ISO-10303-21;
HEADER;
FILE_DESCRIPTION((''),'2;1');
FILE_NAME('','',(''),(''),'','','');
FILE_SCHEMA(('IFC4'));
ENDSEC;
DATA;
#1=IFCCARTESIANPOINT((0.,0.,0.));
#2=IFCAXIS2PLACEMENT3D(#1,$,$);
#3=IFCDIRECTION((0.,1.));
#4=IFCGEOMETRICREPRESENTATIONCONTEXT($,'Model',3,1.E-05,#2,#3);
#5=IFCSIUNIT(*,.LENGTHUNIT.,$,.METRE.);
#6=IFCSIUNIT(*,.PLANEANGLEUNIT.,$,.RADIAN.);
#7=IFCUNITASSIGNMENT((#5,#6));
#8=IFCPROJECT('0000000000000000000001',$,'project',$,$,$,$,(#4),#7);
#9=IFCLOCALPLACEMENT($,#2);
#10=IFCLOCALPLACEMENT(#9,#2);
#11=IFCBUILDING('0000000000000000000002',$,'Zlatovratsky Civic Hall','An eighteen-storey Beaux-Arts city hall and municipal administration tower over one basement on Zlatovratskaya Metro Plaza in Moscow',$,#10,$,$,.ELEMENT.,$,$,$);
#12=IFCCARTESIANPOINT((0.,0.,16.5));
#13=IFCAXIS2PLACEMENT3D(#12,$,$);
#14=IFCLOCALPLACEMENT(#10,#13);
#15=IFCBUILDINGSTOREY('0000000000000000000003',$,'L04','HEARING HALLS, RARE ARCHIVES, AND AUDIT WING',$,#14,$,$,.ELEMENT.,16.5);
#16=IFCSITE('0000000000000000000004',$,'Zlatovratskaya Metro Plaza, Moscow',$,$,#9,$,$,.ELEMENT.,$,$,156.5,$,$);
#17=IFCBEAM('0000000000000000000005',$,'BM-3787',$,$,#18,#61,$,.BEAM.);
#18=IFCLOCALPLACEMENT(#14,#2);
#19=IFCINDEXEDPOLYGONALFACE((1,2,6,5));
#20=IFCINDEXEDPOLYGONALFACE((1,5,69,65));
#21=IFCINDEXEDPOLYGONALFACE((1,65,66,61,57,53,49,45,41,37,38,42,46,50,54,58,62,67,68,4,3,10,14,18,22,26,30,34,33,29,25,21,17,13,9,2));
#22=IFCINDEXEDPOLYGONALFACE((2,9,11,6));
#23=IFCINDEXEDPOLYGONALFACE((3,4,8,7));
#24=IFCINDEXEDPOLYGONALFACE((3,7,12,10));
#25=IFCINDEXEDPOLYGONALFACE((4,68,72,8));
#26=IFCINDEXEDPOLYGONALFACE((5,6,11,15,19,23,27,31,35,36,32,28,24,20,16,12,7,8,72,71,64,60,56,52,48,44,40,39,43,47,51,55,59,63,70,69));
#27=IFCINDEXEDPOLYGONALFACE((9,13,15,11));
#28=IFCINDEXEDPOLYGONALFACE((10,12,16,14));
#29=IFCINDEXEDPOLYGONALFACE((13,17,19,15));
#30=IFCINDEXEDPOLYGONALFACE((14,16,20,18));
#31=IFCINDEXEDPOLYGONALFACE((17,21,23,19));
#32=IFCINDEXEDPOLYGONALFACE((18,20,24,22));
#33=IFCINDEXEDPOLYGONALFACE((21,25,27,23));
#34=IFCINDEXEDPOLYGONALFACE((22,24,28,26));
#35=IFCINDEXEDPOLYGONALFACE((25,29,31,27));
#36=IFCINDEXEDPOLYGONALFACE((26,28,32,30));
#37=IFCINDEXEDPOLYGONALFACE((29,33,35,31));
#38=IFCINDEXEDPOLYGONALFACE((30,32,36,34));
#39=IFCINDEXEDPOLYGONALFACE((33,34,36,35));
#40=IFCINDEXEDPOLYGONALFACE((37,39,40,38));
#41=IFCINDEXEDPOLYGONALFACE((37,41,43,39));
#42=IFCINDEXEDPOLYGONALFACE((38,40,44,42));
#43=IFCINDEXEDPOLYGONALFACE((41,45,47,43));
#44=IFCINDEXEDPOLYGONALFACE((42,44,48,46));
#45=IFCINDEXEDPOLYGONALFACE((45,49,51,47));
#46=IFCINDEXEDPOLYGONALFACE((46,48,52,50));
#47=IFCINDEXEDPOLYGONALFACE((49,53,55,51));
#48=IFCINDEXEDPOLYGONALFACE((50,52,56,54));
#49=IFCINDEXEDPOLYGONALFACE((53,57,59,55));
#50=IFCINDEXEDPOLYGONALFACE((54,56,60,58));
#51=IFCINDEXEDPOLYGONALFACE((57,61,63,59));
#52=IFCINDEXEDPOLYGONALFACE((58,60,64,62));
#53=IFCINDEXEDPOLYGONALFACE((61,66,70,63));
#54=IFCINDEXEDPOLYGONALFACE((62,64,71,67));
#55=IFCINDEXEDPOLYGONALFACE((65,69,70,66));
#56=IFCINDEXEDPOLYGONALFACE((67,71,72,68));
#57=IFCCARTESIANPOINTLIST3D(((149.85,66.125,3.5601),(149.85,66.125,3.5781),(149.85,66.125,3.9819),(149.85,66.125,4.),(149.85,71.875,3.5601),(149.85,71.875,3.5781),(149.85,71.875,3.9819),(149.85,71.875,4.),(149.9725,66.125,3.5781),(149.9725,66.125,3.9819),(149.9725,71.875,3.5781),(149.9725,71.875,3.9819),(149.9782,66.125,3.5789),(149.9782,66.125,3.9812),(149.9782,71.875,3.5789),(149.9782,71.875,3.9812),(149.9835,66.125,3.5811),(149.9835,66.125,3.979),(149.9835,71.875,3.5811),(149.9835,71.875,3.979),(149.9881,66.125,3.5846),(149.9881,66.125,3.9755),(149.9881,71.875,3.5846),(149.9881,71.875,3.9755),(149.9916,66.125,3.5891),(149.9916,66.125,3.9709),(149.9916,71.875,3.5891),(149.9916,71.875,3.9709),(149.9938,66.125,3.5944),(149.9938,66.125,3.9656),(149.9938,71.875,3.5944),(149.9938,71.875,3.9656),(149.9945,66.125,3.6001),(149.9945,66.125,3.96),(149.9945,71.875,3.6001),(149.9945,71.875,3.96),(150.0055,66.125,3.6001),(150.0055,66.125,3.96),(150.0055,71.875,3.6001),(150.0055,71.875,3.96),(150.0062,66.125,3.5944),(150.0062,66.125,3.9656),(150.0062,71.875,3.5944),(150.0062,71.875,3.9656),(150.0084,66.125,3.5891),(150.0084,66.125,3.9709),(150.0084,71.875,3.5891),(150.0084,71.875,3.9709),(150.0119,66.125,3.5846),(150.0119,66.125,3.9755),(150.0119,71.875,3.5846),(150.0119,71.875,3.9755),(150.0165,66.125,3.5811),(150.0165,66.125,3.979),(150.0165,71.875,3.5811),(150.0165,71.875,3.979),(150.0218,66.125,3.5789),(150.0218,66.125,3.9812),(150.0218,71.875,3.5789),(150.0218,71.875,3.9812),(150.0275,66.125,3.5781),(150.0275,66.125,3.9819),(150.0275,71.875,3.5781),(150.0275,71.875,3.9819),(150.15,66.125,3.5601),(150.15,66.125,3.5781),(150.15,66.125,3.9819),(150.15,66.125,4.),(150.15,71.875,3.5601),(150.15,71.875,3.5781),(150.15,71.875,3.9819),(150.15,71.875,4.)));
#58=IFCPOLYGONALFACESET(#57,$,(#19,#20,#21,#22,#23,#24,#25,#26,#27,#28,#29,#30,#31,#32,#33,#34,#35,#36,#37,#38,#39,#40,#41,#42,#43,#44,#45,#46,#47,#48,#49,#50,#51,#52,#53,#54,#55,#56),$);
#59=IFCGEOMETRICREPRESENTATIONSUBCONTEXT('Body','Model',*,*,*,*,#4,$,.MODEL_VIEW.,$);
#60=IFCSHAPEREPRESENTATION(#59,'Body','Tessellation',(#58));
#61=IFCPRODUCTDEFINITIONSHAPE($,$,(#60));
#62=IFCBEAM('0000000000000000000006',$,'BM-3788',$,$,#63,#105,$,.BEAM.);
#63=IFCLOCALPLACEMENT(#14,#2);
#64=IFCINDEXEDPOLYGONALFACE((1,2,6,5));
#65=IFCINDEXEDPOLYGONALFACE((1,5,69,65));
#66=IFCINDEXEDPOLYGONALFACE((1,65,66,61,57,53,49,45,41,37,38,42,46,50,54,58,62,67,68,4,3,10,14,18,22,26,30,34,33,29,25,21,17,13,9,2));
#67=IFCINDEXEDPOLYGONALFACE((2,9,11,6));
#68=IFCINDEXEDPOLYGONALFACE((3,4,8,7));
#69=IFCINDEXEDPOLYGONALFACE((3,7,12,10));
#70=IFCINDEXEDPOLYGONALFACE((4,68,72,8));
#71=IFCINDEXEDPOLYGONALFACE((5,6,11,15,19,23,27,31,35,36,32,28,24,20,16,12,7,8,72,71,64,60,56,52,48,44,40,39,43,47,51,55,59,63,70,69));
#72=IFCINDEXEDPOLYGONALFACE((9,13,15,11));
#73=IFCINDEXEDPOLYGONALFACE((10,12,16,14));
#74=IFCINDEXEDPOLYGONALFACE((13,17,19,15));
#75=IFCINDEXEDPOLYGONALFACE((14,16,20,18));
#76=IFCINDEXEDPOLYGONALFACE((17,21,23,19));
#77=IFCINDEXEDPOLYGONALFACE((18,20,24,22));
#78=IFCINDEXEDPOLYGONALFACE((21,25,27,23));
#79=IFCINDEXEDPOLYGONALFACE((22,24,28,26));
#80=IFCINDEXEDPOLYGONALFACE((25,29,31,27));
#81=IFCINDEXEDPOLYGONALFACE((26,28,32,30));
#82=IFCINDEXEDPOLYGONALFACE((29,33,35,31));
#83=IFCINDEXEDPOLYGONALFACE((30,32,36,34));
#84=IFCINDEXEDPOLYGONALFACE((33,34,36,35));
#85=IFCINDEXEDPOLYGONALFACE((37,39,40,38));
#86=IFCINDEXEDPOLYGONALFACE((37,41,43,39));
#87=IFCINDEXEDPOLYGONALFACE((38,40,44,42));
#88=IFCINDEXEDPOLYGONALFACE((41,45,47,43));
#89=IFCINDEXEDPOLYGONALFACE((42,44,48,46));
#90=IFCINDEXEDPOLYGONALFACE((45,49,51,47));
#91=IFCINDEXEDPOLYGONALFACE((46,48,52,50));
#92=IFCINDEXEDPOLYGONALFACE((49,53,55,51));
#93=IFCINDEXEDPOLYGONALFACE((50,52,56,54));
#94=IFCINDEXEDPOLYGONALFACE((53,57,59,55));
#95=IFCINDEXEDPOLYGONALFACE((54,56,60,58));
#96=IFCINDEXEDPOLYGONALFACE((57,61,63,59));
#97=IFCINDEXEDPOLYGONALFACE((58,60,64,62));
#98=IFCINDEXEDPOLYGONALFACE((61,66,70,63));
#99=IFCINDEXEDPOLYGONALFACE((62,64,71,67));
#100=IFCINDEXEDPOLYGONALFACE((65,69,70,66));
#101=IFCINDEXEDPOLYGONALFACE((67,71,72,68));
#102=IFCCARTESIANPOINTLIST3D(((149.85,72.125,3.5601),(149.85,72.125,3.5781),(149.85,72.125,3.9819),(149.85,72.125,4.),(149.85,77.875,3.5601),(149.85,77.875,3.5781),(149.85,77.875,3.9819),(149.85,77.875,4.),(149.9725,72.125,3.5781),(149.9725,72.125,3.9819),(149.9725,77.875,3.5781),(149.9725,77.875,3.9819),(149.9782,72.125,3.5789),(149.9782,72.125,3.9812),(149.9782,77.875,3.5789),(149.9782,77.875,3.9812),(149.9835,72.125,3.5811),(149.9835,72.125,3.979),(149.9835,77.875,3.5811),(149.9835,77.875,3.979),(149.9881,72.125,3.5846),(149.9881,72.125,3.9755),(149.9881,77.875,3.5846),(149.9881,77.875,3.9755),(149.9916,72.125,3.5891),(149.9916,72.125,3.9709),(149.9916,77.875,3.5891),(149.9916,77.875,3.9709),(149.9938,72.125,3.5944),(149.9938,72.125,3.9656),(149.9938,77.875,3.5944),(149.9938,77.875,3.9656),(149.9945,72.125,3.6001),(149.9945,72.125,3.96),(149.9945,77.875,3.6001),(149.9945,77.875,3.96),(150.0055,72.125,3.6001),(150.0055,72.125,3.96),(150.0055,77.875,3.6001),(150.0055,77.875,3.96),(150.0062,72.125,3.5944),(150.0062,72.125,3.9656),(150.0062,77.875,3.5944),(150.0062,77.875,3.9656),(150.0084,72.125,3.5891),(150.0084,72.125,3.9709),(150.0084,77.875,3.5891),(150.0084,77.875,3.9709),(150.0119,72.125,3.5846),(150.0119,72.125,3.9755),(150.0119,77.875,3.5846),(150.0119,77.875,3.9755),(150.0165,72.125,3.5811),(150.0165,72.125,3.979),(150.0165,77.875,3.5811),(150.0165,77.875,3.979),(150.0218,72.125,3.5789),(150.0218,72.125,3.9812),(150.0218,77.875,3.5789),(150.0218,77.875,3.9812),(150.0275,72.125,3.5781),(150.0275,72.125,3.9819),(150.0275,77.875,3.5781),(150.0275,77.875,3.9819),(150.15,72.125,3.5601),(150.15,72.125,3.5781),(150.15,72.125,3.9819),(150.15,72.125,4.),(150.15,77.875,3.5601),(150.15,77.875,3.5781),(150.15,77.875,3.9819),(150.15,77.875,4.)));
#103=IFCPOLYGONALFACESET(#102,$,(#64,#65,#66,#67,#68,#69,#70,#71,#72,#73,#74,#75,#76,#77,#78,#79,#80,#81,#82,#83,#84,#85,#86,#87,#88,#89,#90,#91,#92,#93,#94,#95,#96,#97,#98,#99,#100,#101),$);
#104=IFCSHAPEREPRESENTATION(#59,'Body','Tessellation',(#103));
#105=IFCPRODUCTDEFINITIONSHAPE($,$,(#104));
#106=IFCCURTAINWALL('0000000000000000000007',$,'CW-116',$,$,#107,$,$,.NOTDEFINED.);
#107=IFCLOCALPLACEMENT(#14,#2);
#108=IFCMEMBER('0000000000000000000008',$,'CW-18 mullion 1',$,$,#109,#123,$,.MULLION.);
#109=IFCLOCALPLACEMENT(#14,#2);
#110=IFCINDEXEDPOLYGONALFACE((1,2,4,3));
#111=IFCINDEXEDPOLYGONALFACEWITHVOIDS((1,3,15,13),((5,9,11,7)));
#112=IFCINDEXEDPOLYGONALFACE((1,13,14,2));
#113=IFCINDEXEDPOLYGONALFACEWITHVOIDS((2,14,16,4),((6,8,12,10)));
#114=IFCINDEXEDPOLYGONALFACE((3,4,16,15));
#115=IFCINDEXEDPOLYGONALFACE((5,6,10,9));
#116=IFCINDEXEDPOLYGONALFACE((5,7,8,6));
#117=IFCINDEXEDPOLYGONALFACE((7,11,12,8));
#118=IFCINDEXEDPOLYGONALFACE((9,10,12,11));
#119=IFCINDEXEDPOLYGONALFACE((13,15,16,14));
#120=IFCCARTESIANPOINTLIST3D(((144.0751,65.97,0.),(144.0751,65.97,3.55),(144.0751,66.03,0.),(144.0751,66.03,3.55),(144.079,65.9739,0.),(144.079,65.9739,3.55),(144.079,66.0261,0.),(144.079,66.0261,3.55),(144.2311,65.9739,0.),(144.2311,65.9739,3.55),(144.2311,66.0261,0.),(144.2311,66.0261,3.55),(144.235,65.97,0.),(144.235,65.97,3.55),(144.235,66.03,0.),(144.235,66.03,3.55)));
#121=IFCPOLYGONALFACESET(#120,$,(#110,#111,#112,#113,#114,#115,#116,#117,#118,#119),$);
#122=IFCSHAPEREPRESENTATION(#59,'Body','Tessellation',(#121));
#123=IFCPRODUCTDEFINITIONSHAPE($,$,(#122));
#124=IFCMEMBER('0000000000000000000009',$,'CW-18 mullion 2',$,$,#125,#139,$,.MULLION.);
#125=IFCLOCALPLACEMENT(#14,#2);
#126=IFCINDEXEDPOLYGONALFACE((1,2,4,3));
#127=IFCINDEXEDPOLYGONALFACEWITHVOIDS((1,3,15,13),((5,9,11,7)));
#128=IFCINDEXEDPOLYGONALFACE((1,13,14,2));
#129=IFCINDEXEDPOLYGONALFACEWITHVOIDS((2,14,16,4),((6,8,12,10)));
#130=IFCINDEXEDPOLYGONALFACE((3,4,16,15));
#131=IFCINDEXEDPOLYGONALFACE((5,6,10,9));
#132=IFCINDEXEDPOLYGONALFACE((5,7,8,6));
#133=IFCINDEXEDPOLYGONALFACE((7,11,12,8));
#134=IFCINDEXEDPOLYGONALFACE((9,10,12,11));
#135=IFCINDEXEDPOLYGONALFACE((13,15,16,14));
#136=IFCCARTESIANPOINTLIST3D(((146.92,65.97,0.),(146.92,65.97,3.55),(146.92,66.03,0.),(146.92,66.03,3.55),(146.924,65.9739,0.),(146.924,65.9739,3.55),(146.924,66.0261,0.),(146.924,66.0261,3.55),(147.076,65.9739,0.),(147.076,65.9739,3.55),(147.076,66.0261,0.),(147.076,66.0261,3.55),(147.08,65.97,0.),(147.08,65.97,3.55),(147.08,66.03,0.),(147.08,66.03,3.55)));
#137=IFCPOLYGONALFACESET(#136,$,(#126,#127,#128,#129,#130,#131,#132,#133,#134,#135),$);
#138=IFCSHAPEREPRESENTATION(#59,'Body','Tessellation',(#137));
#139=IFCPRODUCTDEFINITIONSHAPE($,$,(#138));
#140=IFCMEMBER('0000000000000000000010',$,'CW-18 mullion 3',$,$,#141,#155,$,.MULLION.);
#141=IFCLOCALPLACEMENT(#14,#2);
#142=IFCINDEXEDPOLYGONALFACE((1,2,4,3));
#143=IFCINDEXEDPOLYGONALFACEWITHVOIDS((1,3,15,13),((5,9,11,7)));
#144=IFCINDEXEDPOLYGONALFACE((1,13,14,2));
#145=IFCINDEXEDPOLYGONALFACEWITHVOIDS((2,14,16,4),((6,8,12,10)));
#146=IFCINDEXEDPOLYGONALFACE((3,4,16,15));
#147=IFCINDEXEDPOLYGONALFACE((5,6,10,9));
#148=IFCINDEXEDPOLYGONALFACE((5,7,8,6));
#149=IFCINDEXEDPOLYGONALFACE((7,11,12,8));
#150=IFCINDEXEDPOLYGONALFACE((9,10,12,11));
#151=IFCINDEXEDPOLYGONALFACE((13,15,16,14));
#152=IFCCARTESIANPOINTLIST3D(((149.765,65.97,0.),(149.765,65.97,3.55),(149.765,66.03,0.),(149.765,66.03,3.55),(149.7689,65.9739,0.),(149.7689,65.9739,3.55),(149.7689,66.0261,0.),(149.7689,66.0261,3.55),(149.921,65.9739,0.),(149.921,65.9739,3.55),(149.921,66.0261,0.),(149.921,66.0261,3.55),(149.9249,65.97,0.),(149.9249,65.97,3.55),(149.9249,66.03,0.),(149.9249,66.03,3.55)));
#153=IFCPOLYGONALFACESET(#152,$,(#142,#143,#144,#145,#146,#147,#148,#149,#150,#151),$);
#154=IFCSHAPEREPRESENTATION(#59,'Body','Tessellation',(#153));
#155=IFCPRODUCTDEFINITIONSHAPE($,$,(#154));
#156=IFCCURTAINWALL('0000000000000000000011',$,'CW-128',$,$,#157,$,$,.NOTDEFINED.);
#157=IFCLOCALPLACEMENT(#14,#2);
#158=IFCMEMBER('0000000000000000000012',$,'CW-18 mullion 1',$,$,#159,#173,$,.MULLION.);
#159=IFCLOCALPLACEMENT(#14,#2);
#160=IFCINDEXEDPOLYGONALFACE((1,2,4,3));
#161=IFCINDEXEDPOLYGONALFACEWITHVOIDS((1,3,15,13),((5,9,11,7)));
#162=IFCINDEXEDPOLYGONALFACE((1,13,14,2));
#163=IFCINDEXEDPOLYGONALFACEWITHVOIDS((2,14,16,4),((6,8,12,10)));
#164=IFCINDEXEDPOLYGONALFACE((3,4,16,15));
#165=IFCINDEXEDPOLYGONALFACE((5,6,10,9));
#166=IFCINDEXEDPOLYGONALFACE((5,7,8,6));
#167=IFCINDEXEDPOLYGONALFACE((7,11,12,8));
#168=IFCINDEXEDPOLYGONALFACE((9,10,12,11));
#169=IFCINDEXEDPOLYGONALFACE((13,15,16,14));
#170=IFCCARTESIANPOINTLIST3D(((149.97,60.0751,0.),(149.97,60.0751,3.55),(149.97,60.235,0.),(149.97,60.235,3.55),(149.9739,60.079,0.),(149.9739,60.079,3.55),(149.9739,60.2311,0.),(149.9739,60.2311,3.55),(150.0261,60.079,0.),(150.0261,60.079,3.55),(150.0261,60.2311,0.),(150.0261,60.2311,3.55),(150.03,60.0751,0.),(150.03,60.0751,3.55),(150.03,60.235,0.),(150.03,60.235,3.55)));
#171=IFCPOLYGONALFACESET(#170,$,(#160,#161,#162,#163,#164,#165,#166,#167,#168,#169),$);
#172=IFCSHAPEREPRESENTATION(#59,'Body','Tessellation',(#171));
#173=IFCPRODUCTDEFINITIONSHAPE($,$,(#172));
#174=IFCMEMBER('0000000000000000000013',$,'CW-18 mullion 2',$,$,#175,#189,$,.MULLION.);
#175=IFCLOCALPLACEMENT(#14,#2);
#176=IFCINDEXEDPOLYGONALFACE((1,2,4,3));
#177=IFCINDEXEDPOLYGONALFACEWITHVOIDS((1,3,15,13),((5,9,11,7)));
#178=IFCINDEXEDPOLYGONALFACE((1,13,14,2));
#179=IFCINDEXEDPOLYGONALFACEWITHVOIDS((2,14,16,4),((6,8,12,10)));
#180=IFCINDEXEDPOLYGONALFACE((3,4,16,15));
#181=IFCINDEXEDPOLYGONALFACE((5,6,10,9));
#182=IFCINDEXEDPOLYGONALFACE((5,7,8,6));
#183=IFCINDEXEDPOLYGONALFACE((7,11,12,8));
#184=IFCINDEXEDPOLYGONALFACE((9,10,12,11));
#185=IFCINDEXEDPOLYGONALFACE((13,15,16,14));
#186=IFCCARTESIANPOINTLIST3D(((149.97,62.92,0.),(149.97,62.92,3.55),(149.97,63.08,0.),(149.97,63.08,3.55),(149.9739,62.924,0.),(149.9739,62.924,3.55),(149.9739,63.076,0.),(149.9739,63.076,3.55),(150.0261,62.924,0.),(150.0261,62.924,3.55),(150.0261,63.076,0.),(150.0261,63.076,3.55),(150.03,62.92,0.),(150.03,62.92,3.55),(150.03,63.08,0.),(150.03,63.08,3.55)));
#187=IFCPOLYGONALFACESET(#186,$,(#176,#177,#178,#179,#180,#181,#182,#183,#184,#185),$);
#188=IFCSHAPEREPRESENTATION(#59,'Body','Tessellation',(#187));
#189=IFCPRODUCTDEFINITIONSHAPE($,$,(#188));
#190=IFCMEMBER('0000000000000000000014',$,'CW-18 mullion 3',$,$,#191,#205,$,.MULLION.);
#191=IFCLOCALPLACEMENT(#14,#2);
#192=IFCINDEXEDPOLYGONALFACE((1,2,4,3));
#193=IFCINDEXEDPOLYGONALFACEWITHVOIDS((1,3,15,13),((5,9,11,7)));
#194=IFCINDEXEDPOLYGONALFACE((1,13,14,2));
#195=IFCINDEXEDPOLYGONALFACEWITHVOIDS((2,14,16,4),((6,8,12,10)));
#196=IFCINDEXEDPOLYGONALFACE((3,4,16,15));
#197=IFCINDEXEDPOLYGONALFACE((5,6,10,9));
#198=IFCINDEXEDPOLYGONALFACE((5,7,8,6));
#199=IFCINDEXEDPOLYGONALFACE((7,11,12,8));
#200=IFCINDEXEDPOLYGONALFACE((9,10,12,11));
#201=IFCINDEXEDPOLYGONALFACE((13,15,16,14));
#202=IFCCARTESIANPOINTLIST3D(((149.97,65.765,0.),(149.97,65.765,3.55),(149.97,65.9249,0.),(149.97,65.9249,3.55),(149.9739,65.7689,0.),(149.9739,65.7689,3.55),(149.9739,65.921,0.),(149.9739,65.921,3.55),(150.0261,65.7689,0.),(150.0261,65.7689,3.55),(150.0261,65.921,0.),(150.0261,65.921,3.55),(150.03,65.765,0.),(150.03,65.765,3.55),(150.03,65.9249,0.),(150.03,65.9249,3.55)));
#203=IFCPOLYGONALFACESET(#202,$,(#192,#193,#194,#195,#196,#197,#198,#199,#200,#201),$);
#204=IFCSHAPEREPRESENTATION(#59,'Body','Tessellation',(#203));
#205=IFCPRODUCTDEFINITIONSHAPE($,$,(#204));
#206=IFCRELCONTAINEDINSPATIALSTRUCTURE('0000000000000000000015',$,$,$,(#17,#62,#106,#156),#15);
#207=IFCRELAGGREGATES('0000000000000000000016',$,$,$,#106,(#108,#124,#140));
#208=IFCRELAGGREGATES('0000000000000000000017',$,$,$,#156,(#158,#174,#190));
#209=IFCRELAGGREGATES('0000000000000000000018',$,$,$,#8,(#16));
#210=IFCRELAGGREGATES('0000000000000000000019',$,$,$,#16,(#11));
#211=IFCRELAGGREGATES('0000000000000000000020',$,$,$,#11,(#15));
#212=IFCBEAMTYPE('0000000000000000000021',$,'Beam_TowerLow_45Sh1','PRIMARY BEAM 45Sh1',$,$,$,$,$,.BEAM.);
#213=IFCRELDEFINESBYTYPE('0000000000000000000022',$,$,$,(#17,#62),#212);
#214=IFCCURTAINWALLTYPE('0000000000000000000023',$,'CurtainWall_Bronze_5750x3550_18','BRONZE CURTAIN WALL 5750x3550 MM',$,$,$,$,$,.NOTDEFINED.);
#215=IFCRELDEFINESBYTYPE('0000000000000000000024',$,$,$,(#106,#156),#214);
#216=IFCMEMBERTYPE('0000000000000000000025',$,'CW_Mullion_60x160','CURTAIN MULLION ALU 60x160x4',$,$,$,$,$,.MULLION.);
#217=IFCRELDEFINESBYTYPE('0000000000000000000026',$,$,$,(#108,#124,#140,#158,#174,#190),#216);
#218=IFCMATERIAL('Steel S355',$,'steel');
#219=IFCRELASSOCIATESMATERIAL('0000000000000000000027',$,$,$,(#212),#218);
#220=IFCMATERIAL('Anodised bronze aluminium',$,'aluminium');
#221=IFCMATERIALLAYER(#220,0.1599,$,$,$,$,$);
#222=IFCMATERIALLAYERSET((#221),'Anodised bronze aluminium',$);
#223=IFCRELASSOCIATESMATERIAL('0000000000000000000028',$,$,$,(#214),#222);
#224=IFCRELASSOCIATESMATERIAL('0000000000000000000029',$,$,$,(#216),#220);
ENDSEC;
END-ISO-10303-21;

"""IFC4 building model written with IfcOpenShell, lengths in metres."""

from ifc_helpers import new_model, si_unit, direction, frame, origin, origin_2d, place, context, subcontext, project, spatial, hollow_rectangle, i_section, extrude, material, layer, layer_set, material_profile, profile_set, type_object, element, aggregate, save


model = new_model("IFC4")

# Units and contexts
model_context = context("Model", 3, precision=1e-05, world=origin(), true_north=direction((0.0, 1.0)))
body_context = subcontext(model_context, "Body", "Model", "MODEL_VIEW")
ifc_project = project(units=[si_unit("LENGTHUNIT", "METRE"), si_unit("PLANEANGLEUNIT", "RADIAN")], contexts=[model_context])

# Site, building, storey
site_placement = place(None, origin())
site = spatial("IfcSite", under=ifc_project, at=site_placement, Name="Zlatovratskaya Metro Plaza, Moscow", CompositionType="ELEMENT", RefElevation=156.5)
building_placement = place(site_placement, origin())
building = spatial("IfcBuilding", under=site, at=building_placement, Name="Zlatovratsky Civic Hall", Description="An eighteen-storey Beaux-Arts city hall and municipal administration tower over one basement on Zlatovratskaya Metro Plaza in Moscow", CompositionType="ELEMENT")
storey_placement = place(building_placement, frame((0.0, 0.0, 16.5)))
storey = spatial("IfcBuildingStorey", under=building, at=storey_placement, Name="L04", Description="HEARING HALLS, RARE ARCHIVES, AND AUDIT WING", CompositionType="ELEMENT", Elevation=16.5)

# Shared definitions
ifc_material_1 = material(Name="Steel S355", Category="steel")

# Beams
ifc_material_profile_1 = material_profile(ifc_material_1, i_section(OverallWidth=0.3, OverallDepth=0.4399, WebThickness=0.011, FlangeThickness=0.0181, FilletRadius=0.022, at=origin_2d()), Name="45Sh1")
ifc_profile_set_1 = profile_set([ifc_material_profile_1], Name="Steel S355")
beam_type = type_object("IfcBeamType", Name="Beam_TowerLow_45Sh1", Description="PRIMARY BEAM 45Sh1", PredefinedType="BEAM", material=ifc_profile_set_1)
for number, where, z_axis, x_axis, name in (
    (1, (150.0, 66.125, 3.78), (0.0, 1.0, 0.0), (-1.0, 0.0, 0.0), "BM-3787"),
    (2, (150.0, 72.125, 3.78), (0.0, 1.0, 0.0), (-1.0, 0.0, 0.0), "BM-3788"),
):
    element("IfcBeam", number, at=place(storey_placement, frame(where, z_axis=z_axis, x_axis=x_axis)), inside=storey, type_object=beam_type, Name=name, PredefinedType="BEAM", context=body_context, shape_type="SweptSolid", body=[
        extrude(i_section(OverallWidth=0.3, OverallDepth=0.4399, WebThickness=0.011, FlangeThickness=0.0181, FilletRadius=0.022, at=origin_2d()), origin(), (0.0, 0.0, 1.0), 5.75),
    ])

# Curtain walls, members
ifc_material_2 = material(Name="Anodised bronze aluminium", Category="aluminium")
ifc_layer_1 = layer(ifc_material_2, 0.1599)
ifc_layer_set_1 = layer_set([ifc_layer_1], Name="Anodised bronze aluminium")
curtain_wall_type = type_object("IfcCurtainWallType", Name="CurtainWall_Bronze_5750x3550_18", Description="BRONZE CURTAIN WALL 5750x3550 MM", PredefinedType="NOTDEFINED", material=ifc_layer_set_1)
curtain_wall_1_placement = place(storey_placement, origin())
curtain_wall_1 = element("IfcCurtainWall", 3, at=curtain_wall_1_placement, inside=storey, type_object=curtain_wall_type, Name="CW-116", PredefinedType="NOTDEFINED")
ifc_material_profile_2 = material_profile(ifc_material_2, hollow_rectangle(XDim=0.0601, YDim=0.1599, WallThickness=0.0039, at=origin_2d()), Name="ALU 60x160x4")
ifc_profile_set_2 = profile_set([ifc_material_profile_2], Name="Anodised bronze aluminium")
member_type_1 = type_object("IfcMemberType", Name="CW_Mullion_60x160", Description="CURTAIN MULLION ALU 60x160x4", PredefinedType="MULLION", material=ifc_profile_set_2)
member_1_placement = place(storey_placement, frame((144.155, 66.0, 0.0), z_axis=(0.0, 0.0, 1.0), x_axis=(0.0, 1.0, 0.0)))
member_1 = element("IfcMember", 4, at=member_1_placement, type_object=member_type_1, Name="CW-18 mullion 1", PredefinedType="MULLION", context=body_context, shape_type="SweptSolid", body=[
    extrude(hollow_rectangle(XDim=0.0601, YDim=0.1599, WallThickness=0.0039, at=origin_2d()), origin(), (0.0, 0.0, 1.0), 3.55),
])
member_2_placement = place(storey_placement, frame((147.0, 66.0, 0.0), z_axis=(0.0, 0.0, 1.0), x_axis=(0.0, 1.0, 0.0)))
member_2 = element("IfcMember", 5, at=member_2_placement, type_object=member_type_1, Name="CW-18 mullion 2", PredefinedType="MULLION", context=body_context, shape_type="SweptSolid", body=[
    extrude(hollow_rectangle(XDim=0.0601, YDim=0.1599, WallThickness=0.0039, at=origin_2d()), origin(), (0.0, 0.0, 1.0), 3.55),
])
member_3_placement = place(storey_placement, frame((149.845, 66.0, 0.0), z_axis=(0.0, 0.0, 1.0), x_axis=(0.0, 1.0, 0.0)))
member_3 = element("IfcMember", 6, at=member_3_placement, type_object=member_type_1, Name="CW-18 mullion 3", PredefinedType="MULLION", context=body_context, shape_type="SweptSolid", body=[
    extrude(hollow_rectangle(XDim=0.0601, YDim=0.1599, WallThickness=0.0039, at=origin_2d()), origin(), (0.0, 0.0, 1.0), 3.55),
])
curtain_wall_2_placement = place(storey_placement, origin())
curtain_wall_2 = element("IfcCurtainWall", 7, at=curtain_wall_2_placement, inside=storey, type_object=curtain_wall_type, Name="CW-128", PredefinedType="NOTDEFINED")
member_4_placement = place(storey_placement, frame((150.0, 60.155, 0.0), z_axis=(0.0, 0.0, 1.0), x_axis=(-1.0, 0.0, 0.0)))
member_4 = element("IfcMember", 8, at=member_4_placement, type_object=member_type_1, Name="CW-18 mullion 1", PredefinedType="MULLION", context=body_context, shape_type="SweptSolid", body=[
    extrude(hollow_rectangle(XDim=0.0601, YDim=0.1599, WallThickness=0.0039, at=origin_2d()), origin(), (0.0, 0.0, 1.0), 3.55),
])
member_5_placement = place(storey_placement, frame((150.0, 63.0, 0.0), z_axis=(0.0, 0.0, 1.0), x_axis=(-1.0, 0.0, 0.0)))
member_5 = element("IfcMember", 9, at=member_5_placement, type_object=member_type_1, Name="CW-18 mullion 2", PredefinedType="MULLION", context=body_context, shape_type="SweptSolid", body=[
    extrude(hollow_rectangle(XDim=0.0601, YDim=0.1599, WallThickness=0.0039, at=origin_2d()), origin(), (0.0, 0.0, 1.0), 3.55),
])
member_6_placement = place(storey_placement, frame((150.0, 65.845, 0.0), z_axis=(0.0, 0.0, 1.0), x_axis=(-1.0, 0.0, 0.0)))
member_6 = element("IfcMember", 10, at=member_6_placement, type_object=member_type_1, Name="CW-18 mullion 3", PredefinedType="MULLION", context=body_context, shape_type="SweptSolid", body=[
    extrude(hollow_rectangle(XDim=0.0601, YDim=0.1599, WallThickness=0.0039, at=origin_2d()), origin(), (0.0, 0.0, 1.0), 3.55),
])

aggregate(curtain_wall_1, [member_1, member_2, member_3])
aggregate(curtain_wall_2, [member_4, member_5, member_6])

save(model, "model.ifc")
